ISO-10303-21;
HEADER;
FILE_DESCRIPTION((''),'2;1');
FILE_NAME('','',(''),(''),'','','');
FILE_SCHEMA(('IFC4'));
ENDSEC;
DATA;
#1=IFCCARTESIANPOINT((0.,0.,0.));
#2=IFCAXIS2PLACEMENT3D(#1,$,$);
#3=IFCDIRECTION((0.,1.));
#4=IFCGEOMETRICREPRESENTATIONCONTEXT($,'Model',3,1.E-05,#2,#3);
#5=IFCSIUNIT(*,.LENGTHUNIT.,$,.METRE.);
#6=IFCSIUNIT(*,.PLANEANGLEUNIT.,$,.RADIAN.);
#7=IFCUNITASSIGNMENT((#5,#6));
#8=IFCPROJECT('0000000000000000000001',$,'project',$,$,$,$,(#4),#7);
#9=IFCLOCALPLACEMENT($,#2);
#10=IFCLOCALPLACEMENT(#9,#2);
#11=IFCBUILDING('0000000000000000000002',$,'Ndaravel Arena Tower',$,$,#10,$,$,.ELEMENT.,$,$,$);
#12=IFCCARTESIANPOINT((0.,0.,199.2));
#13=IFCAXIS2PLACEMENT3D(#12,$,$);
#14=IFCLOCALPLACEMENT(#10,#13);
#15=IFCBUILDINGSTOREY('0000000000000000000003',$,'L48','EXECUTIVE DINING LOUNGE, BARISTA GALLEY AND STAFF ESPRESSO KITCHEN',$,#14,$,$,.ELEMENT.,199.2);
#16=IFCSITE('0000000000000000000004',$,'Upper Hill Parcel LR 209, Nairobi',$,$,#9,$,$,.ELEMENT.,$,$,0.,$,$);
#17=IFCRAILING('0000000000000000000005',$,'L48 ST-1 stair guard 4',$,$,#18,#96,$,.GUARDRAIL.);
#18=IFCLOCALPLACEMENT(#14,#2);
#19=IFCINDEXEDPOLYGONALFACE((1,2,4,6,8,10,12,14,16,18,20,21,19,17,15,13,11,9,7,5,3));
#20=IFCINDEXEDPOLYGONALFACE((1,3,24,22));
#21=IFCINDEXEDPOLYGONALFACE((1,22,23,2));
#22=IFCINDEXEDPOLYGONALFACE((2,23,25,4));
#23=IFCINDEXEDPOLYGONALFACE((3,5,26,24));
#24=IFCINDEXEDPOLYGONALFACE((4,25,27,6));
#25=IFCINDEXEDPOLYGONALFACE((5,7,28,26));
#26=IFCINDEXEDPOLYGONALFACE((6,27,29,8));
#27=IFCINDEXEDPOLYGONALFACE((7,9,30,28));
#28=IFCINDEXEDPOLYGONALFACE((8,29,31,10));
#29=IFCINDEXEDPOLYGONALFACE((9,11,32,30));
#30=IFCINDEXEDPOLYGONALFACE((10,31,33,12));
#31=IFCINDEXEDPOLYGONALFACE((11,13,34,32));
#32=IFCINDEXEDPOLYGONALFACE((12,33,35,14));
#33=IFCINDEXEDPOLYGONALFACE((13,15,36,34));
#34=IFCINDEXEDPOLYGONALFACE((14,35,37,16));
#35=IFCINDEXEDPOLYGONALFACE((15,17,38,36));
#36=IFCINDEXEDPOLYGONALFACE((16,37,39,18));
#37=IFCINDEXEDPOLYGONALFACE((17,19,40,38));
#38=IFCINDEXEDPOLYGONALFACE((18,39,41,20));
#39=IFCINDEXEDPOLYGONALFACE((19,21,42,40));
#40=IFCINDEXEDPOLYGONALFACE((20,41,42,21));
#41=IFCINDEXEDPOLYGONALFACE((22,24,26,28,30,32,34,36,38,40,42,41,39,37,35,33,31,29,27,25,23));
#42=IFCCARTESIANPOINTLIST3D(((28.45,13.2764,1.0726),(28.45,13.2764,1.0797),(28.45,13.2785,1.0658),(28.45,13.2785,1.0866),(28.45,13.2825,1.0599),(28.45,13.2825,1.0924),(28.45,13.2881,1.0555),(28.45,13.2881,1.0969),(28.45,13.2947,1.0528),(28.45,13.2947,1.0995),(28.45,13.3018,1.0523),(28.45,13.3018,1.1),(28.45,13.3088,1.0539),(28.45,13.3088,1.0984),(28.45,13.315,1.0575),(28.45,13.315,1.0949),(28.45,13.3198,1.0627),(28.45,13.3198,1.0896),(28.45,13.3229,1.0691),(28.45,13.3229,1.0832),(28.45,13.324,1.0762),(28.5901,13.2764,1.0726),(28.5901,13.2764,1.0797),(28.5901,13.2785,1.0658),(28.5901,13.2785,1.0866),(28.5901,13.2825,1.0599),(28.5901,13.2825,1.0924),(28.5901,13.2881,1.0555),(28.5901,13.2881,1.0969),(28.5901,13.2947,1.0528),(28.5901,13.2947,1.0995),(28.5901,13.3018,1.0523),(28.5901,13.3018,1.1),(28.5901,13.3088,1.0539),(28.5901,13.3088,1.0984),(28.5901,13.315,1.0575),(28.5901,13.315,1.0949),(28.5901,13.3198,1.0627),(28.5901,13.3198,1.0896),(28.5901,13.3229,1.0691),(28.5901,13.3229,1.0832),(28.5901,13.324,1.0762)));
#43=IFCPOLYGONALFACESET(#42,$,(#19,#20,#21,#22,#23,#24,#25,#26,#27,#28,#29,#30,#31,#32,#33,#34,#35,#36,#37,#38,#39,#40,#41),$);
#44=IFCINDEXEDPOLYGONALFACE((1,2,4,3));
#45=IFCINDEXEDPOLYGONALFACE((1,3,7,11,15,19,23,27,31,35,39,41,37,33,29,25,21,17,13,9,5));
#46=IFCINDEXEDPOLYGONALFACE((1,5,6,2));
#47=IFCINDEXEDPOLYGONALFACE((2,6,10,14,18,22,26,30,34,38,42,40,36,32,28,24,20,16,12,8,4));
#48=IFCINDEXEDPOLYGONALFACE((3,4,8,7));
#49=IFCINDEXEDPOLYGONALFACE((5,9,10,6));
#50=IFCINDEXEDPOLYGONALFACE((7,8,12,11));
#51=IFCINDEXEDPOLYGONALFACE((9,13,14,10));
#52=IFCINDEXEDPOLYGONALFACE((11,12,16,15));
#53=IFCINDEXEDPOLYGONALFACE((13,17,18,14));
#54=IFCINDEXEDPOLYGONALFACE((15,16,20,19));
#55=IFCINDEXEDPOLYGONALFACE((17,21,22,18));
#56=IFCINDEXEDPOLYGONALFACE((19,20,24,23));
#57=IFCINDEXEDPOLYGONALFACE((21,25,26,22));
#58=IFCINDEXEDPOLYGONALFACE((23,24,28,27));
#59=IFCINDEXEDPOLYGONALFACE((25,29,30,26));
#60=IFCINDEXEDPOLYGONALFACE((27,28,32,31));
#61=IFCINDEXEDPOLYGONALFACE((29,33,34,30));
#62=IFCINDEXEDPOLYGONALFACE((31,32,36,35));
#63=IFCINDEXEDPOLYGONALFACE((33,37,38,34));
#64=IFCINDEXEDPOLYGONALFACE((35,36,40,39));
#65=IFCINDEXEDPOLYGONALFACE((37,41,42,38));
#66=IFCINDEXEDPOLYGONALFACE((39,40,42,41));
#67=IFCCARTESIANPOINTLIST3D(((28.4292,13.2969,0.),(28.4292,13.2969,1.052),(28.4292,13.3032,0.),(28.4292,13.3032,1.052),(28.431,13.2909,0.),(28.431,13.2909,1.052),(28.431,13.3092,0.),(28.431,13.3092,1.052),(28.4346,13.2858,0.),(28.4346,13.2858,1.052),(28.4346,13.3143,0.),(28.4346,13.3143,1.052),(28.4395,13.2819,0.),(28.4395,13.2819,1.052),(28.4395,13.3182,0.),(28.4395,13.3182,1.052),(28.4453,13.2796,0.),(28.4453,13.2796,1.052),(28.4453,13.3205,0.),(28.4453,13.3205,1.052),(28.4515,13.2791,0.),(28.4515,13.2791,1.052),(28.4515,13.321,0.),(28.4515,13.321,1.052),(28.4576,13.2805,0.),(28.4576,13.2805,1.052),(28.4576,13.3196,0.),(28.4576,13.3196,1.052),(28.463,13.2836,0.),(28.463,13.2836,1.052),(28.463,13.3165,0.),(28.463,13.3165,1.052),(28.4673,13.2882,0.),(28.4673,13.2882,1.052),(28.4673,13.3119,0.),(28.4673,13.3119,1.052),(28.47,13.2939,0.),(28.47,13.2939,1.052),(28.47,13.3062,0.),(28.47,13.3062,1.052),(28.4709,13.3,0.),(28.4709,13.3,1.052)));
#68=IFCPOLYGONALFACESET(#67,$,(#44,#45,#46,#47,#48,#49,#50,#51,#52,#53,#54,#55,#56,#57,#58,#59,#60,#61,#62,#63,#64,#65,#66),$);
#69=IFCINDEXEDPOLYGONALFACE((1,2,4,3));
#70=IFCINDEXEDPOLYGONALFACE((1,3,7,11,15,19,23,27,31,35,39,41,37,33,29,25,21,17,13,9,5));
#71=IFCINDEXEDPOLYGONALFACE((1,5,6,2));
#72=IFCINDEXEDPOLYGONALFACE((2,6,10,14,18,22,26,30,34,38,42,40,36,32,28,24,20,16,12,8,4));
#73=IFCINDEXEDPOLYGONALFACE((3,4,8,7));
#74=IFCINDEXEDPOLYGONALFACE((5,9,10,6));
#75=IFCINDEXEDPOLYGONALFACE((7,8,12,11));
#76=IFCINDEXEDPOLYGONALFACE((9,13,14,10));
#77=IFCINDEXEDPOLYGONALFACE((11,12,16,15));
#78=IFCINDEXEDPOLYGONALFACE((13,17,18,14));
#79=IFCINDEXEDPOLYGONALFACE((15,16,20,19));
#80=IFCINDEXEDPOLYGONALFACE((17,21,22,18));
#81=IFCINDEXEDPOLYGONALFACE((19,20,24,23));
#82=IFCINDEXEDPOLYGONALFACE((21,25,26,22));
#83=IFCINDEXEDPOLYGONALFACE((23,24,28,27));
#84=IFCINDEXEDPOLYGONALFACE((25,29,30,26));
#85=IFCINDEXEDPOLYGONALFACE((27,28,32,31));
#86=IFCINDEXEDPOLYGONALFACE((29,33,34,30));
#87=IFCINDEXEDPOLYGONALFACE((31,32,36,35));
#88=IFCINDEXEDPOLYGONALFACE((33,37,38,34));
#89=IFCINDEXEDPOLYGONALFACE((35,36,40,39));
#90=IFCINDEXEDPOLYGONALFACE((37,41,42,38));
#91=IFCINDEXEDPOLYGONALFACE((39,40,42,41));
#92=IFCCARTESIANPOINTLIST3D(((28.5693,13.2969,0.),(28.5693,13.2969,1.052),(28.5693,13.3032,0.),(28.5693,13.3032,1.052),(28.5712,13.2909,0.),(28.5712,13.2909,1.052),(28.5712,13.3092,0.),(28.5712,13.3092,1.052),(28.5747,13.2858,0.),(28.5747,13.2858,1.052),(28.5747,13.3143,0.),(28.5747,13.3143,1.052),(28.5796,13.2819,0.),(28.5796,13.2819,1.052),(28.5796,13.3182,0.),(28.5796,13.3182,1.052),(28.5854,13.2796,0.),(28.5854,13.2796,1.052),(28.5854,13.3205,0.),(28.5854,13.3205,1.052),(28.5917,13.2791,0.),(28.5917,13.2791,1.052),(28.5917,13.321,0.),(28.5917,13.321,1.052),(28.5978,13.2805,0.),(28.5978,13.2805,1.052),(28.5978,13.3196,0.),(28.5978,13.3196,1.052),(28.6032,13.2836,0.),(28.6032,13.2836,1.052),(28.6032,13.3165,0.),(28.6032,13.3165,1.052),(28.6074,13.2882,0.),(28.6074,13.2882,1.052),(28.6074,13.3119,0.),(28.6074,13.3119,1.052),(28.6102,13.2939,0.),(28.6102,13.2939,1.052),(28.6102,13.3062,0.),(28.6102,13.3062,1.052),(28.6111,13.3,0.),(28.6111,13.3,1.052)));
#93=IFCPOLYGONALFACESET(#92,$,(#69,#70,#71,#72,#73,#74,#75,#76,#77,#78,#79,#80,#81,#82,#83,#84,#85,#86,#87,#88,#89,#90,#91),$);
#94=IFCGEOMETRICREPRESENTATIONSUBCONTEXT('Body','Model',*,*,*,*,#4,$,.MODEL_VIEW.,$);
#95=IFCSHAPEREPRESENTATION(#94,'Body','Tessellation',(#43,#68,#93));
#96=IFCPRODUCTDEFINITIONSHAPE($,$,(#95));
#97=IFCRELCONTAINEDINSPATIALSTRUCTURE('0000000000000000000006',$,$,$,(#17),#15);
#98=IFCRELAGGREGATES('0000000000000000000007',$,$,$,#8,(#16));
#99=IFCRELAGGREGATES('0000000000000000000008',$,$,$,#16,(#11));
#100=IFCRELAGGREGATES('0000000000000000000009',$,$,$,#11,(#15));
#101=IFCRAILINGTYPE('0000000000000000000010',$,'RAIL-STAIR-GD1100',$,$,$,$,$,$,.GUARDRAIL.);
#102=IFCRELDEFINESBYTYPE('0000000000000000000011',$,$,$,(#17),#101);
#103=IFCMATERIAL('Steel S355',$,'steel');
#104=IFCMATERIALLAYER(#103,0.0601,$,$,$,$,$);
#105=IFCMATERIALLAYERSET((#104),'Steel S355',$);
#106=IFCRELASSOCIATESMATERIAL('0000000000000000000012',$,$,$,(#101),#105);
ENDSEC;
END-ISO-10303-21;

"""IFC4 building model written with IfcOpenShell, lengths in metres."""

from ifc_helpers import new_model, si_unit, direction, frame, origin, origin_2d, place, context, subcontext, project, spatial, circle, extrude, material, layer, layer_set, type_object, element, save


model = new_model("IFC4")

# Units and contexts
model_context = context("Model", 3, precision=1e-05, world=origin(), true_north=direction((0.0, 1.0)))
body_context = subcontext(model_context, "Body", "Model", "MODEL_VIEW")
ifc_project = project(units=[si_unit("LENGTHUNIT", "METRE"), si_unit("PLANEANGLEUNIT", "RADIAN")], contexts=[model_context])

# Site, building, storey
site_placement = place(None, origin())
site = spatial("IfcSite", under=ifc_project, at=site_placement, Name="Upper Hill Parcel LR 209, Nairobi", CompositionType="ELEMENT", RefElevation=0.0)
building_placement = place(site_placement, origin())
building = spatial("IfcBuilding", under=site, at=building_placement, Name="Ndaravel Arena Tower", CompositionType="ELEMENT")
storey_placement = place(building_placement, frame((0.0, 0.0, 199.2)))
storey = spatial("IfcBuildingStorey", under=building, at=storey_placement, Name="L48", Description="EXECUTIVE DINING LOUNGE, BARISTA GALLEY AND STAFF ESPRESSO KITCHEN", CompositionType="ELEMENT", Elevation=199.2)

# Railing
ifc_material_1 = material(Name="Steel S355", Category="steel")
ifc_layer_1 = layer(ifc_material_1, 0.0601)
ifc_layer_set_1 = layer_set([ifc_layer_1], Name="Steel S355")
railing_type_1 = type_object("IfcRailingType", Name="RAIL-STAIR-GD1100", PredefinedType="GUARDRAIL", material=ifc_layer_set_1)
railing_1_placement = place(storey_placement, frame((28.45, 13.3, 0.0)))
element("IfcRailing", 1, at=railing_1_placement, inside=storey, type_object=railing_type_1, Name="L48 ST-1 stair guard 4", PredefinedType="GUARDRAIL", context=body_context, shape_type="SweptSolid", body=[
    extrude(circle(Radius=0.0239, at=origin_2d()), frame((0.0, 0.0, 1.0762), z_axis=(1.0, 0.0, 0.0), x_axis=(0.0, 1.0, 0.0)), (0.0, 0.0, 1.0), 0.1401),
    extrude(circle(Radius=0.021, at=origin_2d()), origin(), (0.0, 0.0, 1.0), 1.052),
    extrude(circle(Radius=0.021, at=origin_2d()), frame((0.1401, 0.0, 0.0)), (0.0, 0.0, 1.0), 1.052),
])

save(model, "model.ifc")
